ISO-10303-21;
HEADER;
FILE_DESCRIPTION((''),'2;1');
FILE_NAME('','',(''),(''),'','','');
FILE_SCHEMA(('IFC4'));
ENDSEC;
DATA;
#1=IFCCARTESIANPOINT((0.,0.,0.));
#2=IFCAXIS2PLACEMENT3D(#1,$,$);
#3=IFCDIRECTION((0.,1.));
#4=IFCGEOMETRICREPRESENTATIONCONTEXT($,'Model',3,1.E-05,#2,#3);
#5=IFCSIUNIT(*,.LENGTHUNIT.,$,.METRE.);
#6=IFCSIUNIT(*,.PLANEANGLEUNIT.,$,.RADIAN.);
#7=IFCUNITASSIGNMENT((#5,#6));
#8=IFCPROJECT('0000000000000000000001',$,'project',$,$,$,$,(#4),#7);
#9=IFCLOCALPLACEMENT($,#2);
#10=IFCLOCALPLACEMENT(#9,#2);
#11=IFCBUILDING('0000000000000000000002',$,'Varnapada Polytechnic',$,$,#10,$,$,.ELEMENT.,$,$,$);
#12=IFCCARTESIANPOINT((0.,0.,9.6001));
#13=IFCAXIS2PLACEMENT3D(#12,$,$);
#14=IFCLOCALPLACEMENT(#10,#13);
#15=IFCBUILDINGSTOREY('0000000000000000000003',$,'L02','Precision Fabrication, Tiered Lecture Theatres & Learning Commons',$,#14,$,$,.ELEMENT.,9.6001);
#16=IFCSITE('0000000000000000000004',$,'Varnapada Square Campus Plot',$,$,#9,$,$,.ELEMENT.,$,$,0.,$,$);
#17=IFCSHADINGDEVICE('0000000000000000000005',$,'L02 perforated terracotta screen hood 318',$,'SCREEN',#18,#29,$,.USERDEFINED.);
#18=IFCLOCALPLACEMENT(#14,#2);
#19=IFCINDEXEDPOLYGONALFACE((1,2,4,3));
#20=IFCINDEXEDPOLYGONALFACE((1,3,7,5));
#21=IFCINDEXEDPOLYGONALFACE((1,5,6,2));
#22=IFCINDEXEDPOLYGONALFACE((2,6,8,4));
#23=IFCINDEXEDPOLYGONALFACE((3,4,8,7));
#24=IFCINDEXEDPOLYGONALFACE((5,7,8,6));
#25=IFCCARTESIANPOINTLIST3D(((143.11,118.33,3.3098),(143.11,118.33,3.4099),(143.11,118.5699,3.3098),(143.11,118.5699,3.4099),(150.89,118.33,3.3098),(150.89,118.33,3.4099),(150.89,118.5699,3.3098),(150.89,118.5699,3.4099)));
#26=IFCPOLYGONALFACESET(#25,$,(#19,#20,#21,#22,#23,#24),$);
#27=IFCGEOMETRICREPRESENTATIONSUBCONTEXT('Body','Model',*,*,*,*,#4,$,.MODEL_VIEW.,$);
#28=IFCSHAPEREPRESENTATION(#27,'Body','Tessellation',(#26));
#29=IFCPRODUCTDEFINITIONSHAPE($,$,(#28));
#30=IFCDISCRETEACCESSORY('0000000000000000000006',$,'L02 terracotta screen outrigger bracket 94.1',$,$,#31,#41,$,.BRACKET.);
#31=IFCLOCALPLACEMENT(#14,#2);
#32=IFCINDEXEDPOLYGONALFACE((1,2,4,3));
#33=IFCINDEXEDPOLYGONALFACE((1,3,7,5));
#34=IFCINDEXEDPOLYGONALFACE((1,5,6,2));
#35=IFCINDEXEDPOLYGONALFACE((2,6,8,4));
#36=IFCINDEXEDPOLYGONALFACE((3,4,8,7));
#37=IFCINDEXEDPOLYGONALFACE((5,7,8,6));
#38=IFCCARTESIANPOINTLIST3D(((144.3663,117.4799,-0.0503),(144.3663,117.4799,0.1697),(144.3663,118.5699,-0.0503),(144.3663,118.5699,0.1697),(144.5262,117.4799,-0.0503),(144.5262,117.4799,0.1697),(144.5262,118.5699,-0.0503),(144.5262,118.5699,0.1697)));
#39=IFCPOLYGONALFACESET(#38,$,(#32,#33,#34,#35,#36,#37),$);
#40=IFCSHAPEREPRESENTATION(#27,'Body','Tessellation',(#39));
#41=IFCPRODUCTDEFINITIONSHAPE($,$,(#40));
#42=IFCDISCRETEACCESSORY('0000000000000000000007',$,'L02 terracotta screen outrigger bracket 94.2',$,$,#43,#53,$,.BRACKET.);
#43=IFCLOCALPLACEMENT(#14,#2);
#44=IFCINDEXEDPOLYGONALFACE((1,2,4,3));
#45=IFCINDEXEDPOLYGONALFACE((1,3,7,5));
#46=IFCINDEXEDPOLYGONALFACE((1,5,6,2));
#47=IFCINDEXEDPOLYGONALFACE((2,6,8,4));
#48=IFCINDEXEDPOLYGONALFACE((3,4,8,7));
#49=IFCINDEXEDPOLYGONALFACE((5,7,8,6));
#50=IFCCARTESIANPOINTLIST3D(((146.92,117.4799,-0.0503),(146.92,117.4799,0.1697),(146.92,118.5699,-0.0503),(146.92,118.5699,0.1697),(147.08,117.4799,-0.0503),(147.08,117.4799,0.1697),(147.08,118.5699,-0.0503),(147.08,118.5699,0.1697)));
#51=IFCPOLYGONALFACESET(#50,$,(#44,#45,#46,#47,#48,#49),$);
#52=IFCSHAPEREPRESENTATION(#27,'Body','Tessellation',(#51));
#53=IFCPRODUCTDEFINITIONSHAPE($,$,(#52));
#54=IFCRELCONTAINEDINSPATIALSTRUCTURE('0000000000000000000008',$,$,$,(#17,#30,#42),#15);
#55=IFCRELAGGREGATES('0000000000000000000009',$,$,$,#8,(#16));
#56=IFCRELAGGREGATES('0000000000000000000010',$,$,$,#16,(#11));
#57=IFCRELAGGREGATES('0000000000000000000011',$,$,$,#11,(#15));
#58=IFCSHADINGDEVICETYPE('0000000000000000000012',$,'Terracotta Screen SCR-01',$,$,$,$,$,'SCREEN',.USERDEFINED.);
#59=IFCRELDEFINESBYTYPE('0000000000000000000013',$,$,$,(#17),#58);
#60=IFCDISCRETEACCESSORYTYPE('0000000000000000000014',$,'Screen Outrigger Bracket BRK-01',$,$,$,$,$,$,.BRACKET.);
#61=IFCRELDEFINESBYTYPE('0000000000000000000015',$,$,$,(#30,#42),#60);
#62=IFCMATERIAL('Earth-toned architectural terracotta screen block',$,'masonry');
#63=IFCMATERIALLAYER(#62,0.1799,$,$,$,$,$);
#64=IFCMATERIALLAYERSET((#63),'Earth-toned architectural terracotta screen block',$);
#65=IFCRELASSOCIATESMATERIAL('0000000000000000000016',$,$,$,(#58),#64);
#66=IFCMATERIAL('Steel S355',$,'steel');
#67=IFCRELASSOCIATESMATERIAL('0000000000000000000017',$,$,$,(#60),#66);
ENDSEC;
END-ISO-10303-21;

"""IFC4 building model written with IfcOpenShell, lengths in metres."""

from ifc_helpers import new_model, si_unit, direction, frame, origin, origin_2d, place, context, subcontext, project, spatial, rectangle, extrude, material, layer, layer_set, type_object, element, save


model = new_model("IFC4")

# Units and contexts
model_context = context("Model", 3, precision=1e-05, world=origin(), true_north=direction((0.0, 1.0)))
body_context = subcontext(model_context, "Body", "Model", "MODEL_VIEW")
ifc_project = project(units=[si_unit("LENGTHUNIT", "METRE"), si_unit("PLANEANGLEUNIT", "RADIAN")], contexts=[model_context])

# Site, building, storey
site_placement = place(None, origin())
site = spatial("IfcSite", under=ifc_project, at=site_placement, Name="Varnapada Square Campus Plot", CompositionType="ELEMENT", RefElevation=0.0)
building_placement = place(site_placement, origin())
building = spatial("IfcBuilding", under=site, at=building_placement, Name="Varnapada Polytechnic", CompositionType="ELEMENT")
storey_placement = place(building_placement, frame((0.0, 0.0, 9.6001)))
storey = spatial("IfcBuildingStorey", under=building, at=storey_placement, Name="L02", Description="Precision Fabrication, Tiered Lecture Theatres & Learning Commons", CompositionType="ELEMENT", Elevation=9.6001)

# Shared definitions
ifc_material_1 = material(Name="Earth-toned architectural terracotta screen block", Category="masonry")

# Shading device
ifc_layer_1 = layer(ifc_material_1, 0.1799)
ifc_layer_set_1 = layer_set([ifc_layer_1], Name="Earth-toned architectural terracotta screen block")
shading_device_type_1 = type_object("IfcShadingDeviceType", Name="Terracotta Screen SCR-01", ElementType="SCREEN", PredefinedType="USERDEFINED", material=ifc_layer_set_1)
shading_device_1_placement = place(storey_placement, frame((147.0, 118.45, 3.3098), z_axis=(0.0, 0.0, 1.0), x_axis=(1.0, 0.0, 0.0)))
element("IfcShadingDevice", 1, at=shading_device_1_placement, inside=storey, type_object=shading_device_type_1, Name="L02 perforated terracotta screen hood 318", ObjectType="SCREEN", PredefinedType="USERDEFINED", context=body_context, shape_type="SweptSolid", body=[
    extrude(rectangle(XDim=7.78, YDim=0.24, at=origin_2d()), origin(), (0.0, 0.0, 1.0), 0.1001),
])

# Discrete accessories
ifc_material_2 = material(Name="Steel S355", Category="steel")
discrete_accessory_type = type_object("IfcDiscreteAccessoryType", Name="Screen Outrigger Bracket BRK-01", PredefinedType="BRACKET", material=ifc_material_2)
for number, where, z_axis, x_axis, name in (
    (2, (144.4463, 118.0249, -0.0503), (0.0, 0.0, 1.0), (1.0, 0.0, 0.0), "L02 terracotta screen outrigger bracket 94.1"),
    (3, (147.0, 118.0249, -0.0503), (0.0, 0.0, 1.0), (1.0, 0.0, 0.0), "L02 terracotta screen outrigger bracket 94.2"),
):
    element("IfcDiscreteAccessory", number, at=place(storey_placement, frame(where, z_axis=z_axis, x_axis=x_axis)), inside=storey, type_object=discrete_accessory_type, Name=name, PredefinedType="BRACKET", context=body_context, shape_type="SweptSolid", body=[
        extrude(rectangle(XDim=0.1599, YDim=1.0901, at=origin_2d()), origin(), (0.0, 0.0, 1.0), 0.22),
    ])

save(model, "model.ifc")
